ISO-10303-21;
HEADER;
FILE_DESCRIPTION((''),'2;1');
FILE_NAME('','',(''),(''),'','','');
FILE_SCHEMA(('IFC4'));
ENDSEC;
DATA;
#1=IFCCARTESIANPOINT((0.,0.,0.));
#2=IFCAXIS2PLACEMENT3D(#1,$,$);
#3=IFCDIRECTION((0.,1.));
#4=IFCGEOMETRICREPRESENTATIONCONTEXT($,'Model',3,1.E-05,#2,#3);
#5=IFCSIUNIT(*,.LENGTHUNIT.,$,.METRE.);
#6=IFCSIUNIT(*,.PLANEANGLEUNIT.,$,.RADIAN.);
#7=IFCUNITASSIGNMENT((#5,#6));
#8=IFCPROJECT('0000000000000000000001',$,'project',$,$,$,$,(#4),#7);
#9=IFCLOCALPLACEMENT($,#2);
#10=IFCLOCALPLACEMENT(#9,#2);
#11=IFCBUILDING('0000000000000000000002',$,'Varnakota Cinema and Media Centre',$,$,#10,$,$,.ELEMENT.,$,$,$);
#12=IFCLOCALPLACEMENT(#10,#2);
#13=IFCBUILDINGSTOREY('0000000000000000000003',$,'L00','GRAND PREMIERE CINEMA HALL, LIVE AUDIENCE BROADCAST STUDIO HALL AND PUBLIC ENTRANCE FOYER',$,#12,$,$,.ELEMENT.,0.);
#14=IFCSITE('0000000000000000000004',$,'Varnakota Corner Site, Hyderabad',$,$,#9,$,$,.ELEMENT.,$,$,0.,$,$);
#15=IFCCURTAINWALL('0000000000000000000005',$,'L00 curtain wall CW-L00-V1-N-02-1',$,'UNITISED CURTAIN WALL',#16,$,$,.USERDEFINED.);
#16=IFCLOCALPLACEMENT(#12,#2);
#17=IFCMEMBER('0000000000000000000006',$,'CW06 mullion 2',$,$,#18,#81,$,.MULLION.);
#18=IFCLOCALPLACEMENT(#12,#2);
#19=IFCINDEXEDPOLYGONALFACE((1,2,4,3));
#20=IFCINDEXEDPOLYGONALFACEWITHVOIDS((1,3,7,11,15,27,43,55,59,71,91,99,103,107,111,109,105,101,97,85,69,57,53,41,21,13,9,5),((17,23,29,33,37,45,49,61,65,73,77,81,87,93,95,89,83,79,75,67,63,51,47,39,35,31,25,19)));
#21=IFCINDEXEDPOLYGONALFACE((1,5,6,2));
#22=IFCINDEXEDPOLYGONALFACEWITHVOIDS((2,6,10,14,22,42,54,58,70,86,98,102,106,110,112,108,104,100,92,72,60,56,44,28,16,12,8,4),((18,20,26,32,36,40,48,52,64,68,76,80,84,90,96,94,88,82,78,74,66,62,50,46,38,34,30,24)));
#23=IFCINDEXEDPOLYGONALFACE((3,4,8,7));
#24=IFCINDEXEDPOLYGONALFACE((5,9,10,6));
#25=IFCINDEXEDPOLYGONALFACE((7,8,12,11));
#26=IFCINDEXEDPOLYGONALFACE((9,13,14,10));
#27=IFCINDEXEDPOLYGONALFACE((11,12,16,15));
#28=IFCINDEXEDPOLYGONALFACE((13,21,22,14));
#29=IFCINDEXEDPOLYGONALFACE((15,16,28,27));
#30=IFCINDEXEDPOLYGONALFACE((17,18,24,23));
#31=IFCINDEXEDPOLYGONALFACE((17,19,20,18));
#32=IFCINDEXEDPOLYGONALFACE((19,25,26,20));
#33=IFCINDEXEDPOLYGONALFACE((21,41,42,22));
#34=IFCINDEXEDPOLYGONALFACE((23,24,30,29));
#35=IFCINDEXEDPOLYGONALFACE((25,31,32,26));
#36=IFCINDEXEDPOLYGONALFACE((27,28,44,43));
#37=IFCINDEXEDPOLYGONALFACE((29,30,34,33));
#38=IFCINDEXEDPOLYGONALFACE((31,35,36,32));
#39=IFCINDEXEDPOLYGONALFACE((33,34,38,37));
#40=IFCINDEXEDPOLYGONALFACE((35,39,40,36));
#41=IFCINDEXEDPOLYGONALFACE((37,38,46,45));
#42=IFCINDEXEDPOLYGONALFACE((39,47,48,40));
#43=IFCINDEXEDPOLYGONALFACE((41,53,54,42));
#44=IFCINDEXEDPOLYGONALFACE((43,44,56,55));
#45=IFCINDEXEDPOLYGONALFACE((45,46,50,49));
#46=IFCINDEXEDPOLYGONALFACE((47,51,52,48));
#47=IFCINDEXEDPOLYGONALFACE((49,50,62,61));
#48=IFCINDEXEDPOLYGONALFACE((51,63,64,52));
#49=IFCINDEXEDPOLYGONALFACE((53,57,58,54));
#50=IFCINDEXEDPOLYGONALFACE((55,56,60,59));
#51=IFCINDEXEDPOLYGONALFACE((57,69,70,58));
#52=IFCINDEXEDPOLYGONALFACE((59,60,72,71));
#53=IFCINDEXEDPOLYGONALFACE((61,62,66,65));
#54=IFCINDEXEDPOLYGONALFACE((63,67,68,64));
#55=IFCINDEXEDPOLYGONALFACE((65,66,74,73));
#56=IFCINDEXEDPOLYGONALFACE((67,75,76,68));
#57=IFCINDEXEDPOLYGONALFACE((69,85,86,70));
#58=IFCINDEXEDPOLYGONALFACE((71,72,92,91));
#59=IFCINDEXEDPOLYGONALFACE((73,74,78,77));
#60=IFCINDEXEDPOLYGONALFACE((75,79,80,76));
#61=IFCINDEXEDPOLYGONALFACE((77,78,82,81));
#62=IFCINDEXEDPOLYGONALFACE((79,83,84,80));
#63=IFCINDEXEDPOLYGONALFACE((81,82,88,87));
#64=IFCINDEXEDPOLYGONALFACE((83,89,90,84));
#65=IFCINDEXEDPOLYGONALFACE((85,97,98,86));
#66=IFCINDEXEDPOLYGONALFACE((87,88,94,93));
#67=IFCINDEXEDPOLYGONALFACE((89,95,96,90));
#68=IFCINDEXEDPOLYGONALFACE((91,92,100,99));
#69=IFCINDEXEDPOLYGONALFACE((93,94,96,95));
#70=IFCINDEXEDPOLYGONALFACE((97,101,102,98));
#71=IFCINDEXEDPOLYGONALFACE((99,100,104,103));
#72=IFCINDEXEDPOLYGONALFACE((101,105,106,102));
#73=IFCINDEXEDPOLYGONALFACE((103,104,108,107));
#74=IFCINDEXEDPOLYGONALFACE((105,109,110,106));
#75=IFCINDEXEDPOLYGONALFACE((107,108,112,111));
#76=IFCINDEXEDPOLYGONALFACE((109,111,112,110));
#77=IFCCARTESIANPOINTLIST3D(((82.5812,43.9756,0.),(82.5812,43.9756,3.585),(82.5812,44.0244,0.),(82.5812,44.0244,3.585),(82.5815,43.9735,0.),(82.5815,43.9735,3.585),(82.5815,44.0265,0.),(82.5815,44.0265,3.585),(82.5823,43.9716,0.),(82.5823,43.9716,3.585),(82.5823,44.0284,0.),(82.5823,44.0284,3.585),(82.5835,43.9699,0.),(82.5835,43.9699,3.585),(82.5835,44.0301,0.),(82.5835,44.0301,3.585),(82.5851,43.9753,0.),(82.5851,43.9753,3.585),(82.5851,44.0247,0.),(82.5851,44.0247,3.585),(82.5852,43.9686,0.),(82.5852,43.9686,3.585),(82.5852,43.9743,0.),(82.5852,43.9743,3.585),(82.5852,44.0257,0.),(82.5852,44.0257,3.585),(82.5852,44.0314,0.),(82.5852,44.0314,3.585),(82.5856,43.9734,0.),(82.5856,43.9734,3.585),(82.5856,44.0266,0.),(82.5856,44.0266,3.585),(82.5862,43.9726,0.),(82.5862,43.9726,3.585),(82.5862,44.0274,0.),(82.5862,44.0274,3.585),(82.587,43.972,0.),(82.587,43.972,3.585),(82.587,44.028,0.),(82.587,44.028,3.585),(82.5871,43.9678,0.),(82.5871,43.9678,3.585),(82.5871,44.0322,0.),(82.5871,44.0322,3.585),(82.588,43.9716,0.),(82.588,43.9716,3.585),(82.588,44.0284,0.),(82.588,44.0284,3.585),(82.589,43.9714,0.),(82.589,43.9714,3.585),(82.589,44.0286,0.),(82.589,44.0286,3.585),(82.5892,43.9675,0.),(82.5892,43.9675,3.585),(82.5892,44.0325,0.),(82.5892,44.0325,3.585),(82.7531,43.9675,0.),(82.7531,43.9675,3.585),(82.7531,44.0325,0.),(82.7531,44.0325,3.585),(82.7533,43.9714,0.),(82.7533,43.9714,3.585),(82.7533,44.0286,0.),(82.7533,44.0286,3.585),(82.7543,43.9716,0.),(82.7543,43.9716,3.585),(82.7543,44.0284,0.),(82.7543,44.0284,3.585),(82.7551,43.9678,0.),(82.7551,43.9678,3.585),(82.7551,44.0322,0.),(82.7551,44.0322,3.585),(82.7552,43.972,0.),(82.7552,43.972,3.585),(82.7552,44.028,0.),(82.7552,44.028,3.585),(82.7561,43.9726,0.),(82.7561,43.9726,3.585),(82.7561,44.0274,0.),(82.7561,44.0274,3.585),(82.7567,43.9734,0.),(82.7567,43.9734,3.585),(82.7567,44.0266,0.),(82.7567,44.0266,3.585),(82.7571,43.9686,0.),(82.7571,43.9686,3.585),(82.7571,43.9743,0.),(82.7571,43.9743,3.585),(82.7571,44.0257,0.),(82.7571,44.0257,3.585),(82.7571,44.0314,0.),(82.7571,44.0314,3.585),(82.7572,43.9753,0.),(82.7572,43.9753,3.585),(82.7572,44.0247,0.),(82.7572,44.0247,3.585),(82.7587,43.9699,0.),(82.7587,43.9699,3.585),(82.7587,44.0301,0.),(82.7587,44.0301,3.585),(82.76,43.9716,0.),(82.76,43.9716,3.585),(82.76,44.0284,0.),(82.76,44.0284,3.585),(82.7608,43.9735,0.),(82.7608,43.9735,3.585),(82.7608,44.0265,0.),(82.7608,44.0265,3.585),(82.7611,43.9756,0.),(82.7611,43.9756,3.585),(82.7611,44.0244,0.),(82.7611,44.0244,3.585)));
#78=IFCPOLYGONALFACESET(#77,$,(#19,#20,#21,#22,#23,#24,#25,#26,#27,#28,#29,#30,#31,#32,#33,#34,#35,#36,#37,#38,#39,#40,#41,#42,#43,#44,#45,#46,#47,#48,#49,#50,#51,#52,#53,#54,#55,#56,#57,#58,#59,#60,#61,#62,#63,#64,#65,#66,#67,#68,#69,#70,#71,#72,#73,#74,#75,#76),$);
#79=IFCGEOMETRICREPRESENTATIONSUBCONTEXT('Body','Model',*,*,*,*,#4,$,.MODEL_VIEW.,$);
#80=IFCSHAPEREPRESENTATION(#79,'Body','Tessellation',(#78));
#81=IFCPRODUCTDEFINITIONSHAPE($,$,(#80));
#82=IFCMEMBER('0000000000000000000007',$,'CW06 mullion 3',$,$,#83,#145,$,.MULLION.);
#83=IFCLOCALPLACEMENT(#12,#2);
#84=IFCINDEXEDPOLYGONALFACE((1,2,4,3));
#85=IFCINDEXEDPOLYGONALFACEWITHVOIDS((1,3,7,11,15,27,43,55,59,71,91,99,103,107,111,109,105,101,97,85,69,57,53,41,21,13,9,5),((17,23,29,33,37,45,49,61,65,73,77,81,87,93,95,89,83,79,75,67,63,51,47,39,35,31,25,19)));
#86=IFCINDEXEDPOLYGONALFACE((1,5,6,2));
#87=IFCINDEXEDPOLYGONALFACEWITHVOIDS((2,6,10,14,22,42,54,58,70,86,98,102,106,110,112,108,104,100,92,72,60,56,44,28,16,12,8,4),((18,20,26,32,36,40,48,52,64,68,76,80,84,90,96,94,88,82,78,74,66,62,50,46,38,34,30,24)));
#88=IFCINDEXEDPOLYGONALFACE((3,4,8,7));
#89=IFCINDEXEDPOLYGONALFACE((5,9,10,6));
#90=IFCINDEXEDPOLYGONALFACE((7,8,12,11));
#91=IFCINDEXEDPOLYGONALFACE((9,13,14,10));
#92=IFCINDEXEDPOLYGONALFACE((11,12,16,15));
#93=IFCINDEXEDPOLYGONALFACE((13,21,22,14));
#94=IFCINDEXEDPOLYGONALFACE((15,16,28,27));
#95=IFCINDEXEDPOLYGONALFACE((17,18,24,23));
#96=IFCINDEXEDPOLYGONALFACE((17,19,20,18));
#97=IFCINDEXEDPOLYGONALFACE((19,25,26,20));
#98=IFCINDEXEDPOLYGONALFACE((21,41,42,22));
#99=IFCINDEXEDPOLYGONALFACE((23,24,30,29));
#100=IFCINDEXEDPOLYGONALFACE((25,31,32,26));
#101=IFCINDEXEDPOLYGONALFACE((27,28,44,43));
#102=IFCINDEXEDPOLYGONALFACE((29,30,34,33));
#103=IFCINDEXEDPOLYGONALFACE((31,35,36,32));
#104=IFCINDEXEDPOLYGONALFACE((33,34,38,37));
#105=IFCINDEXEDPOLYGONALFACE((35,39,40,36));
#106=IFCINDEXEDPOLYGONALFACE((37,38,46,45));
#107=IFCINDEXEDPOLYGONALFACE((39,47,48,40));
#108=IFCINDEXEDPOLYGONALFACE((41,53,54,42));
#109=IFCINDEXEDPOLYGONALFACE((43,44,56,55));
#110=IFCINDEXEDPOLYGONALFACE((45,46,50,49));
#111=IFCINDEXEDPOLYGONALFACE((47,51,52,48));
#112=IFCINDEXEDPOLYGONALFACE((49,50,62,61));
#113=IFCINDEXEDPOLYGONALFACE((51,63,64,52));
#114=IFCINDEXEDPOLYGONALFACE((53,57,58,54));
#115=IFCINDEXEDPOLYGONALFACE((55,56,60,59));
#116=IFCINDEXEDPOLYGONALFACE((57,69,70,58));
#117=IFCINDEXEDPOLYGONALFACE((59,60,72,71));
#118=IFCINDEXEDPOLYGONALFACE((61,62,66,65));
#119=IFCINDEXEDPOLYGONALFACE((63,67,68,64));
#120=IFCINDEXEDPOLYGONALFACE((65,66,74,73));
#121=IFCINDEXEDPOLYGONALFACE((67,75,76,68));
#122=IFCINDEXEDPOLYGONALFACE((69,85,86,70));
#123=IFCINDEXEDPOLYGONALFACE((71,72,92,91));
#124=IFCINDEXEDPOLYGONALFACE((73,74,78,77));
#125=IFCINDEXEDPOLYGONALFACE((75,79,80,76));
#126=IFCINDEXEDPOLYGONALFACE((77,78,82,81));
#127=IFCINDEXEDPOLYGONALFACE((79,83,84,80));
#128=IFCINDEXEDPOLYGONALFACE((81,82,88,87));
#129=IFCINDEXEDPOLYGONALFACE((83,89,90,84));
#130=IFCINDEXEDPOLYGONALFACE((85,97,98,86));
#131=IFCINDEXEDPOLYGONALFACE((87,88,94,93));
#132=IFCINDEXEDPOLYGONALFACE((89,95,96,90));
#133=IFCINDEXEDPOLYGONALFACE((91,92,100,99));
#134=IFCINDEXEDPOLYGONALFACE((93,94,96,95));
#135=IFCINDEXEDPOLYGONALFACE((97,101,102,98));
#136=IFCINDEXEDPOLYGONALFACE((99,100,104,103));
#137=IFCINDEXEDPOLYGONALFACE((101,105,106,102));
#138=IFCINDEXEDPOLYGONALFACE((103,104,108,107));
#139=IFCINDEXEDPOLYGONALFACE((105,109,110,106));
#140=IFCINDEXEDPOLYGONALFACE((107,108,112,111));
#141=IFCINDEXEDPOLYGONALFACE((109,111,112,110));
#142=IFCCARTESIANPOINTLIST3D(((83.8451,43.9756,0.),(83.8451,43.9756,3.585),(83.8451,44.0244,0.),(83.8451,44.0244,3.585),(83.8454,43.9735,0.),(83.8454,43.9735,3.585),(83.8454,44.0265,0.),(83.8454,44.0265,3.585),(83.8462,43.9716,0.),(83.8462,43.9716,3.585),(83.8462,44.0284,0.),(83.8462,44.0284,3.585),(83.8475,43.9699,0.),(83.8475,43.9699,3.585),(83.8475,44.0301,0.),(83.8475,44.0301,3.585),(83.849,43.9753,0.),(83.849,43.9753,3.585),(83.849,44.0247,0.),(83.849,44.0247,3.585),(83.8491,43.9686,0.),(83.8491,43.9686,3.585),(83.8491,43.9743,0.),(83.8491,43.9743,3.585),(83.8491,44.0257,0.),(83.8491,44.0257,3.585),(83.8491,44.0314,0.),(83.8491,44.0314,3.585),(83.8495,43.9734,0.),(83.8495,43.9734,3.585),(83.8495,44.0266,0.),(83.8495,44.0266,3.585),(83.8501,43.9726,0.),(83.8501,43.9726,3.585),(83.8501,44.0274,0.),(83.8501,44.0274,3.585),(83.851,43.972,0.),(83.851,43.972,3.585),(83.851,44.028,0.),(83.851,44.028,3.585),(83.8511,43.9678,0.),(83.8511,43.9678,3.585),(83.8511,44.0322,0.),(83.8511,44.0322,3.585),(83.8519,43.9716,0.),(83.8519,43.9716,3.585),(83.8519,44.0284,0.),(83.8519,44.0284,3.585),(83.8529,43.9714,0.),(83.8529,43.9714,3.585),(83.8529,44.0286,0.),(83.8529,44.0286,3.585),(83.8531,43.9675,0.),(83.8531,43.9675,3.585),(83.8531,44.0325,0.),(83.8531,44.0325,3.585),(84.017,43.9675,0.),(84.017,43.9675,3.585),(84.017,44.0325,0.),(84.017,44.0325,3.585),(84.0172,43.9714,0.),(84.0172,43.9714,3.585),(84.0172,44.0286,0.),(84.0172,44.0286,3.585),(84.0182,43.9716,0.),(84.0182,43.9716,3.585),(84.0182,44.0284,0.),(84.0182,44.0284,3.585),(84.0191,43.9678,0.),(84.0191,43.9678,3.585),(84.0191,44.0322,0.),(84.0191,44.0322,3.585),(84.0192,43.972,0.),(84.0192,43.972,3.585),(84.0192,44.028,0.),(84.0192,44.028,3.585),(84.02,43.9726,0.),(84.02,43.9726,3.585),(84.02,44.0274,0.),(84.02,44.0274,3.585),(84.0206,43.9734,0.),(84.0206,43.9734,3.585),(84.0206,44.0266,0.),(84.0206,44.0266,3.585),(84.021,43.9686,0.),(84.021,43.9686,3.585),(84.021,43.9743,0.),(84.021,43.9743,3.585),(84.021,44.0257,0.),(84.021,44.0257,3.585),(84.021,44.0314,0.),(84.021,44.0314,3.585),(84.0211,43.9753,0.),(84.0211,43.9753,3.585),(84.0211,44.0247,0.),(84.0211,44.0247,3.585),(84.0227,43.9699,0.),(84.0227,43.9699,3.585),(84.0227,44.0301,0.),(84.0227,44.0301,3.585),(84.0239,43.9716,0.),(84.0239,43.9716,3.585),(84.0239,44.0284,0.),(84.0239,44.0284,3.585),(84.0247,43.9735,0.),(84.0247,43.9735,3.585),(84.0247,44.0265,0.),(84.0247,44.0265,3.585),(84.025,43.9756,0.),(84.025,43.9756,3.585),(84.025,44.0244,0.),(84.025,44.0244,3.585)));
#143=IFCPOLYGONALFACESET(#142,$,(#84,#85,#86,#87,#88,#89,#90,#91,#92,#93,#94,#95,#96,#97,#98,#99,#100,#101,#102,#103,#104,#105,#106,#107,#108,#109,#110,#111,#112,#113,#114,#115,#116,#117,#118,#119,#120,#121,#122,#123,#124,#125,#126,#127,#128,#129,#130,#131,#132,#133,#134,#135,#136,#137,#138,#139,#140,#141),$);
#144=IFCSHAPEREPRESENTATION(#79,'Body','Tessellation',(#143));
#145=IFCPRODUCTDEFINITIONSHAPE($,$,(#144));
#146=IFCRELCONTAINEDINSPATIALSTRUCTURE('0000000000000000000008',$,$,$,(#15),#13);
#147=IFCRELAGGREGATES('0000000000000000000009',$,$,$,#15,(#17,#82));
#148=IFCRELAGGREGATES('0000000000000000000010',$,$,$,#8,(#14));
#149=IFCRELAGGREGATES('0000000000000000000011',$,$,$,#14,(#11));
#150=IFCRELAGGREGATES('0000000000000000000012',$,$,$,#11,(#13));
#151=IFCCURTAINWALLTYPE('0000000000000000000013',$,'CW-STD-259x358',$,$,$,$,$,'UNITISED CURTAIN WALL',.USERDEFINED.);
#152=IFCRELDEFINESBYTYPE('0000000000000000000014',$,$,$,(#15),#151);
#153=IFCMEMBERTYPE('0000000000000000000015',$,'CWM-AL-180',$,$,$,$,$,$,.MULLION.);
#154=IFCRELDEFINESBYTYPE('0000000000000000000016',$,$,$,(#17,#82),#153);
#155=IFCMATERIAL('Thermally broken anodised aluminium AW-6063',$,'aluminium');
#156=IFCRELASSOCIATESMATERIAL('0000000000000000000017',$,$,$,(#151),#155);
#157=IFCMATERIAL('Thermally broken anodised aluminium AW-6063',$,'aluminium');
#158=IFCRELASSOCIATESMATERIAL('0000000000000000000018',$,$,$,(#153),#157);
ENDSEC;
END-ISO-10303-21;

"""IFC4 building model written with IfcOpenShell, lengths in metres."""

from ifc_helpers import new_model, si_unit, direction, frame, origin, origin_2d, place, context, subcontext, project, spatial, hollow_rectangle, extrude, material, material_profile, profile_set, type_object, element, aggregate, save


model = new_model("IFC4")

# Units and contexts
model_context = context("Model", 3, precision=1e-05, world=origin(), true_north=direction((0.0, 1.0)))
body_context = subcontext(model_context, "Body", "Model", "MODEL_VIEW")
ifc_project = project(units=[si_unit("LENGTHUNIT", "METRE"), si_unit("PLANEANGLEUNIT", "RADIAN")], contexts=[model_context])

# Site, building, storey
site_placement = place(None, origin())
site = spatial("IfcSite", under=ifc_project, at=site_placement, Name="Varnakota Corner Site, Hyderabad", CompositionType="ELEMENT", RefElevation=0.0)
building_placement = place(site_placement, origin())
building = spatial("IfcBuilding", under=site, at=building_placement, Name="Varnakota Cinema and Media Centre", CompositionType="ELEMENT")
storey_placement = place(building_placement, origin())
storey = spatial("IfcBuildingStorey", under=building, at=storey_placement, Name="L00", Description="GRAND PREMIERE CINEMA HALL, LIVE AUDIENCE BROADCAST STUDIO HALL AND PUBLIC ENTRANCE FOYER", CompositionType="ELEMENT", Elevation=0.0)

# Curtain wall, members
ifc_material_1 = material(Name="Thermally broken anodised aluminium AW-6063", Category="aluminium")
curtain_wall_type = type_object("IfcCurtainWallType", Name="CW-STD-259x358", ElementType="UNITISED CURTAIN WALL", PredefinedType="USERDEFINED", material=ifc_material_1)
curtain_wall_1_placement = place(storey_placement, origin())
curtain_wall_1 = element("IfcCurtainWall", 1, at=curtain_wall_1_placement, inside=storey, type_object=curtain_wall_type, Name="L00 curtain wall CW-L00-V1-N-02-1", ObjectType="UNITISED CURTAIN WALL", PredefinedType="USERDEFINED")
ifc_material_2 = material(Name="Thermally broken anodised aluminium AW-6063", Category="aluminium")
ifc_material_profile_1 = material_profile(ifc_material_2, hollow_rectangle(XDim=0.0649, YDim=0.1799, WallThickness=0.0039, InnerFilletRadius=0.0039, OuterFilletRadius=0.0081, at=origin_2d()), Name="AL-MULLION 180x65x4")
ifc_profile_set_1 = profile_set([ifc_material_profile_1], Name="Thermally broken anodised aluminium AW-6063")
member_type_1 = type_object("IfcMemberType", Name="CWM-AL-180", PredefinedType="MULLION", material=ifc_profile_set_1)
member_1_placement = place(storey_placement, frame((82.6711, 44.0, 0.0), z_axis=(0.0, 0.0, 1.0), x_axis=(0.0, 1.0, 0.0)))
member_1 = element("IfcMember", 2, at=member_1_placement, type_object=member_type_1, Name="CW06 mullion 2", PredefinedType="MULLION", context=body_context, shape_type="SweptSolid", body=[
    extrude(hollow_rectangle(XDim=0.0649, YDim=0.1799, WallThickness=0.0039, InnerFilletRadius=0.0039, OuterFilletRadius=0.0081, at=origin_2d()), origin(), (0.0, 0.0, 1.0), 3.585),
])
member_2_placement = place(storey_placement, frame((83.9351, 44.0, 0.0), z_axis=(0.0, 0.0, 1.0), x_axis=(0.0, 1.0, 0.0)))
member_2 = element("IfcMember", 3, at=member_2_placement, type_object=member_type_1, Name="CW06 mullion 3", PredefinedType="MULLION", context=body_context, shape_type="SweptSolid", body=[
    extrude(hollow_rectangle(XDim=0.0649, YDim=0.1799, WallThickness=0.0039, InnerFilletRadius=0.0039, OuterFilletRadius=0.0081, at=origin_2d()), origin(), (0.0, 0.0, 1.0), 3.585),
])

aggregate(curtain_wall_1, [member_1, member_2])

save(model, "model.ifc")
